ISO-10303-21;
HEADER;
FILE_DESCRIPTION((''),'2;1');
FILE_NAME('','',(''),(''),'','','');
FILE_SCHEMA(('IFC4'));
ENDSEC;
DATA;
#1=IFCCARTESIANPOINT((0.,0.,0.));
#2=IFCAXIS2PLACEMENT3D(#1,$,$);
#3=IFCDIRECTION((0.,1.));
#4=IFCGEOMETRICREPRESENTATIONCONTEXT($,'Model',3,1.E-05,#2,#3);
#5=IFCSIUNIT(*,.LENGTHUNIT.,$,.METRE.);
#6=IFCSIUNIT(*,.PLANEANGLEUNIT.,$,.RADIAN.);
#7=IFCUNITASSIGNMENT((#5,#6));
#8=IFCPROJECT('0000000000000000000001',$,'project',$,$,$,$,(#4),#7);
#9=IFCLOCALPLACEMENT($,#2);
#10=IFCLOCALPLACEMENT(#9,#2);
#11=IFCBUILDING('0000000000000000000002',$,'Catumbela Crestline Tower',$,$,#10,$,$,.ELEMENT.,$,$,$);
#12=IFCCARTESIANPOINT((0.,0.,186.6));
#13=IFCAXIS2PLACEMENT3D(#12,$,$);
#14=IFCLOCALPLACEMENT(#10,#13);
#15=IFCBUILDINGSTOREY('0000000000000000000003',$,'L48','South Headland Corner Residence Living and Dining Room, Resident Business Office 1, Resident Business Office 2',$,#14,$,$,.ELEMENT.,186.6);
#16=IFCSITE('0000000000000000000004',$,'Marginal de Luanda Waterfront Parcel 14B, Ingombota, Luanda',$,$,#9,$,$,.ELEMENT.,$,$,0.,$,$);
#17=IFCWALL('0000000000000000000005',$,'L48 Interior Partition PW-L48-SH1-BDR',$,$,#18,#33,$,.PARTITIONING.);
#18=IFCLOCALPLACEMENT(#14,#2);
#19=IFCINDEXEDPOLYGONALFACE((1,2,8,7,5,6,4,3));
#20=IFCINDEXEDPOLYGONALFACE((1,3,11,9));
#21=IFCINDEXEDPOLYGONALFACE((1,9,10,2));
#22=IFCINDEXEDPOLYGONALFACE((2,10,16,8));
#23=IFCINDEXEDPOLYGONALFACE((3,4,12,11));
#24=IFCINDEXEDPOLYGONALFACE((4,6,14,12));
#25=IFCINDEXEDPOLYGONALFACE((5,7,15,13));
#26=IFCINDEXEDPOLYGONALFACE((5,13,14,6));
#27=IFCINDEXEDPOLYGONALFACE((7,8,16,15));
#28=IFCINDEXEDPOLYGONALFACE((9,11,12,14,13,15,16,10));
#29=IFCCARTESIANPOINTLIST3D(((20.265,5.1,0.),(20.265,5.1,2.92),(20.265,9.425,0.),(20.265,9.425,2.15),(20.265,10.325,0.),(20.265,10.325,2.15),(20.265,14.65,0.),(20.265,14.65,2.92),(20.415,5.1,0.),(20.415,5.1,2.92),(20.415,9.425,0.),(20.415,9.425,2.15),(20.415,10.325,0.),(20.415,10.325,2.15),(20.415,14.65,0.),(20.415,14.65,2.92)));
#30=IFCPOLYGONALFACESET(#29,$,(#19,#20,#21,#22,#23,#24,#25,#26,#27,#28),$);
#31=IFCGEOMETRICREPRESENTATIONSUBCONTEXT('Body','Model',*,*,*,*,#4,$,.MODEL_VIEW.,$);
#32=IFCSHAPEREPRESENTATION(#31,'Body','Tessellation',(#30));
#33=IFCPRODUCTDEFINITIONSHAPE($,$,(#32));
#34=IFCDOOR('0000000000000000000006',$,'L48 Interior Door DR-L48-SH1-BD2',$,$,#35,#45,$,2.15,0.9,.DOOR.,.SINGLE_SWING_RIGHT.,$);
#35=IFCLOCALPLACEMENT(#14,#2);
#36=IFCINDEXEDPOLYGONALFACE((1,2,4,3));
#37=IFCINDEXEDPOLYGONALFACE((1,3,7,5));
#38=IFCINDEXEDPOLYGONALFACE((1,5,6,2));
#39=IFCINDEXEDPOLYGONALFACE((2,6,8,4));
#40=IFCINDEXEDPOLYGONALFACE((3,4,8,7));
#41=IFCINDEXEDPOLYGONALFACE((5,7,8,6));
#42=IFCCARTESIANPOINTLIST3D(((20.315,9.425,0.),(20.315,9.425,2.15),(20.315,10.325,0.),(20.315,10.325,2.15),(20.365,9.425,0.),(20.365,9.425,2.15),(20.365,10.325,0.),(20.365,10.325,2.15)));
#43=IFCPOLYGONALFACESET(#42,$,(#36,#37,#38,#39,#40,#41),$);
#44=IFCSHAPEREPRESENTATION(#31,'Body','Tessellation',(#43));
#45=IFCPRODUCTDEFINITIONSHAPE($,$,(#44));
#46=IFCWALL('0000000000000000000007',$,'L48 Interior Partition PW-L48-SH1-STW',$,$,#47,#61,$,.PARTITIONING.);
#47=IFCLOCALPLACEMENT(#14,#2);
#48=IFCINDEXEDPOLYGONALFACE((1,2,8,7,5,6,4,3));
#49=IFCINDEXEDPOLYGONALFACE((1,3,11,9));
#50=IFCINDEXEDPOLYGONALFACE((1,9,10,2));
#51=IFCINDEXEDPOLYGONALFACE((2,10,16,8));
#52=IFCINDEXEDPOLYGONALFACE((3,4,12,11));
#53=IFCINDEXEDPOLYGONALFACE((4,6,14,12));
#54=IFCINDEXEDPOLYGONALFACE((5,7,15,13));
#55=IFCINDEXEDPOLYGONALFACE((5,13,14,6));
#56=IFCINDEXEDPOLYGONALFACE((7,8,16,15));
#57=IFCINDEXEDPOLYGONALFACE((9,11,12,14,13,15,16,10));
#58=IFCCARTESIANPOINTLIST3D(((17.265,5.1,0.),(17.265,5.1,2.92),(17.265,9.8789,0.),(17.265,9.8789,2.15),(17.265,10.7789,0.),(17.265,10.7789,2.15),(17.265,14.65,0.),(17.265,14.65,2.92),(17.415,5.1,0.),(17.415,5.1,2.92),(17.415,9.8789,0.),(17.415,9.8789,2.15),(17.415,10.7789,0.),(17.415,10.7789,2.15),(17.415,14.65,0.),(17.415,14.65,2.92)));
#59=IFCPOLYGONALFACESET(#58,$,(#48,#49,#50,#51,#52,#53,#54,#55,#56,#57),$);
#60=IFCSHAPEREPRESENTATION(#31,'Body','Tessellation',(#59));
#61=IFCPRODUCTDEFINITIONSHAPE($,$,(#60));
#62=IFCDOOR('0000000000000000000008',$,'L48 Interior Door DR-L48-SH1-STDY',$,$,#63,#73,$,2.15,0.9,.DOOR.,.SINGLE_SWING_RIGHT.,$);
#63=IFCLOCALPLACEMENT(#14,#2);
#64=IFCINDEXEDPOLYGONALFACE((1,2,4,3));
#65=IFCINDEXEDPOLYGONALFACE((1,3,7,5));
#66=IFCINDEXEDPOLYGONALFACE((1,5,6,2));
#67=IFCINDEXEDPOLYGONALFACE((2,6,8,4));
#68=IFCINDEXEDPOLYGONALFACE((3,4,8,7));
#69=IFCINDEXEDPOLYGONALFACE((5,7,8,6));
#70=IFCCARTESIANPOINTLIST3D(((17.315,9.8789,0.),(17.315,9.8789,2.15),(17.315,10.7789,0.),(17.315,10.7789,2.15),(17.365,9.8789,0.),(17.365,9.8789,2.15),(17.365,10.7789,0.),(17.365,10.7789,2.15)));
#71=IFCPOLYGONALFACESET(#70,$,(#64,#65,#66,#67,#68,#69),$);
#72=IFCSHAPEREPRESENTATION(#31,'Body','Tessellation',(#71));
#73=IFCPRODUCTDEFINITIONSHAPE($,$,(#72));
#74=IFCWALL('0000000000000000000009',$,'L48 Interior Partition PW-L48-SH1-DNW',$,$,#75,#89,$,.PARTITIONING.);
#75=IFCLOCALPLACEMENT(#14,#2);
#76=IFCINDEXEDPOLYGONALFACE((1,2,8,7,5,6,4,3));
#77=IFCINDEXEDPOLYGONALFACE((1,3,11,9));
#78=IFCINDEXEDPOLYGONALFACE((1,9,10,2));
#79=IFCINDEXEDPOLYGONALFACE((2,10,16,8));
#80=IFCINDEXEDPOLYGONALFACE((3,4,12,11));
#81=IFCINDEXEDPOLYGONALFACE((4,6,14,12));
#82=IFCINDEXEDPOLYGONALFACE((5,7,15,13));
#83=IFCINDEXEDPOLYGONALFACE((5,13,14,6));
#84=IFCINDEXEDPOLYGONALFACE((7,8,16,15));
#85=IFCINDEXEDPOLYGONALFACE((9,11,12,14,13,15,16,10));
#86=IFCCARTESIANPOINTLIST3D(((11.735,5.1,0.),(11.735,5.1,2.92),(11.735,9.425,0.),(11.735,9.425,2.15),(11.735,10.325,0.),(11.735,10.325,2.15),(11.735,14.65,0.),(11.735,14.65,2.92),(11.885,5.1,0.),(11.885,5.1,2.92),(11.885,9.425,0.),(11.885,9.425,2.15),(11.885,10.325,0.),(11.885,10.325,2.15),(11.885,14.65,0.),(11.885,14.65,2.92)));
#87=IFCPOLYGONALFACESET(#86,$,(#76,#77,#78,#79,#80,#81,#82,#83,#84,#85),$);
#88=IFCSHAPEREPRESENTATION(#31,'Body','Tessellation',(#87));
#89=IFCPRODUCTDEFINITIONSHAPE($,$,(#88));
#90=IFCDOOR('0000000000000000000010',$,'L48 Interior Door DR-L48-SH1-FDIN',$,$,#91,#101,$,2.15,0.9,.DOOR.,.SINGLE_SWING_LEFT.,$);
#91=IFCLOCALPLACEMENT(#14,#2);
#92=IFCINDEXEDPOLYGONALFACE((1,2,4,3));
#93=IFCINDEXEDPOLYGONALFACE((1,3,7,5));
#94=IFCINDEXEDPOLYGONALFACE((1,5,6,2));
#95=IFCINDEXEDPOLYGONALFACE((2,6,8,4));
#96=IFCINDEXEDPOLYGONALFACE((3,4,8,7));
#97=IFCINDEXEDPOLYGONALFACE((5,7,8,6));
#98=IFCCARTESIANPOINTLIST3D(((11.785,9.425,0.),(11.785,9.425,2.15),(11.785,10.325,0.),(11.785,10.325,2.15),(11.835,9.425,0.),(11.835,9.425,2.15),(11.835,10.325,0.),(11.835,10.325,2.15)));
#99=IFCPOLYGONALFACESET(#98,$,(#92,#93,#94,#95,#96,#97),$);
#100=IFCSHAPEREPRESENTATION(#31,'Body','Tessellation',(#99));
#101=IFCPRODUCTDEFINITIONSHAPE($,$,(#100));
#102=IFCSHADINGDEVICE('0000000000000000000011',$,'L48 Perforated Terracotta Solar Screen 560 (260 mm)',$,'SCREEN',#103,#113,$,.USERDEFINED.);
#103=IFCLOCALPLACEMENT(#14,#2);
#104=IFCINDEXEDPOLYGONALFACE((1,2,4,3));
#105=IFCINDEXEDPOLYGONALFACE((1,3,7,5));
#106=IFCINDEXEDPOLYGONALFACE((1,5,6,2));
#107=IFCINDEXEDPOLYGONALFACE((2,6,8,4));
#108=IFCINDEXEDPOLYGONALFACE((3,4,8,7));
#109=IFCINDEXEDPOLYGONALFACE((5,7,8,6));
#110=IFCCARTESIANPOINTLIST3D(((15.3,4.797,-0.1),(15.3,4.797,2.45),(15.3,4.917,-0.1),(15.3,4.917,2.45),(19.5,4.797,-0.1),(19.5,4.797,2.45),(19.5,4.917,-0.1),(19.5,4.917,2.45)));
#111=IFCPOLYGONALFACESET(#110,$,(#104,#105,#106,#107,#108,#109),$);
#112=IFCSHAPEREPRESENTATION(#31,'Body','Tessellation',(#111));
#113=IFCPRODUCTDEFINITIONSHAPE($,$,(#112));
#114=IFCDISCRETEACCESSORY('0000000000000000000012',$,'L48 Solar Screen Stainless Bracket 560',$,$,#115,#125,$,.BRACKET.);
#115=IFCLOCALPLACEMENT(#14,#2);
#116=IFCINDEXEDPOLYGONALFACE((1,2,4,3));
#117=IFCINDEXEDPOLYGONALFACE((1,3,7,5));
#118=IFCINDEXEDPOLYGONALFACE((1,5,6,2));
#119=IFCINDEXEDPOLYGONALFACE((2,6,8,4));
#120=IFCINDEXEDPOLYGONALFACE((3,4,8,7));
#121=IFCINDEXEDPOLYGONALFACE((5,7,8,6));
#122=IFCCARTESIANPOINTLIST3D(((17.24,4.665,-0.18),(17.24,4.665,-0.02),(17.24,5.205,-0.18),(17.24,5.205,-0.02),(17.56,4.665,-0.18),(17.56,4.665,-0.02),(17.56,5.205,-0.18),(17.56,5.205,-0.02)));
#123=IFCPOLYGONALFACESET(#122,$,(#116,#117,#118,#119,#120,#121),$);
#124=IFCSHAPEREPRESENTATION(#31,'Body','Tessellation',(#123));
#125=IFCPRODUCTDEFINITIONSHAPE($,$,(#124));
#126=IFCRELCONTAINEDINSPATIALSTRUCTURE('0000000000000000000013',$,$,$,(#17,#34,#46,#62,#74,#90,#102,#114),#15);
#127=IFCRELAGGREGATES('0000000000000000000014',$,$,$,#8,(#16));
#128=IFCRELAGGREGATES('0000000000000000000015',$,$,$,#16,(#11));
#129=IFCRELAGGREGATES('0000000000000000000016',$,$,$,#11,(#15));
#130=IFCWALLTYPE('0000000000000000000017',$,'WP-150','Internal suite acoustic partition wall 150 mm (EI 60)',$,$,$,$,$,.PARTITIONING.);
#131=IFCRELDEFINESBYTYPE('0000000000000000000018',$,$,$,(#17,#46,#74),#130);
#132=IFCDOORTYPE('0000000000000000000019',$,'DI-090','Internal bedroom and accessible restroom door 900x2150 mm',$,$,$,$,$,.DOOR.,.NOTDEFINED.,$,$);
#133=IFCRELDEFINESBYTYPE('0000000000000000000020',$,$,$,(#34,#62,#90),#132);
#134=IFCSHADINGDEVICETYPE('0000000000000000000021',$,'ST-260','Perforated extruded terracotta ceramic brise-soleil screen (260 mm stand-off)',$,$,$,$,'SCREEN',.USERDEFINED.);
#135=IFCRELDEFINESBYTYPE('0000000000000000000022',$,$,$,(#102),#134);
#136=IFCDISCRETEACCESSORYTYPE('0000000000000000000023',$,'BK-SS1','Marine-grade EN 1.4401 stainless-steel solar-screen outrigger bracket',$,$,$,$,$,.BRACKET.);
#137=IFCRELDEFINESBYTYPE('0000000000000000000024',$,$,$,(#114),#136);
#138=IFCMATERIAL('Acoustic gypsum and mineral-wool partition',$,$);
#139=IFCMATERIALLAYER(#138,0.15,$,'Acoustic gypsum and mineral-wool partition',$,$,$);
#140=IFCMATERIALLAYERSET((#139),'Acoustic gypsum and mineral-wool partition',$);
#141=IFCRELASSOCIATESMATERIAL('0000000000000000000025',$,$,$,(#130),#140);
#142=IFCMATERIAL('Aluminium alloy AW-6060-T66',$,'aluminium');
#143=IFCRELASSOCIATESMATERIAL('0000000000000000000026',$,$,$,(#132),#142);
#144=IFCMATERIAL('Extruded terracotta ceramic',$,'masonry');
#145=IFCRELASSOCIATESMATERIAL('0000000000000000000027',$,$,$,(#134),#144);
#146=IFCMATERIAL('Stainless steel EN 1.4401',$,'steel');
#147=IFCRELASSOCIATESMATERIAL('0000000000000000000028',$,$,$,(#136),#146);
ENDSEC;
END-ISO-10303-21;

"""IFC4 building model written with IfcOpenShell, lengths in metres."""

from ifc_helpers import new_model, si_unit, direction, frame, frame_2d, origin, origin_2d, place, context, subcontext, project, spatial, rectangle, extrude, material, layer, layer_set, type_object, element, fill, save


model = new_model("IFC4")

# Units and contexts
model_context = context("Model", 3, precision=1e-05, world=origin(), true_north=direction((0.0, 1.0)))
body_context = subcontext(model_context, "Body", "Model", "MODEL_VIEW")
ifc_project = project(units=[si_unit("LENGTHUNIT", "METRE"), si_unit("PLANEANGLEUNIT", "RADIAN")], contexts=[model_context])

# Site, building, storey
site_placement = place(None, origin())
site = spatial("IfcSite", under=ifc_project, at=site_placement, Name="Marginal de Luanda Waterfront Parcel 14B, Ingombota, Luanda", CompositionType="ELEMENT", RefElevation=0.0)
building_placement = place(site_placement, origin())
building = spatial("IfcBuilding", under=site, at=building_placement, Name="Catumbela Crestline Tower", CompositionType="ELEMENT")
storey_placement = place(building_placement, frame((0.0, 0.0, 186.6)))
storey = spatial("IfcBuildingStorey", under=building, at=storey_placement, Name="L48", Description="South Headland Corner Residence Living and Dining Room, Resident Business Office 1, Resident Business Office 2", CompositionType="ELEMENT", Elevation=186.6)

# Shared definitions
ifc_material_1 = material(Name="Aluminium alloy AW-6060-T66", Category="aluminium")

# Walls, openings, doors
ifc_material_2 = material(Name="Acoustic gypsum and mineral-wool partition")
ifc_layer_1 = layer(ifc_material_2, 0.15, Name="Acoustic gypsum and mineral-wool partition")
ifc_layer_set_1 = layer_set([ifc_layer_1], Name="Acoustic gypsum and mineral-wool partition")
wall_type_1 = type_object("IfcWallType", Name="WP-150", Description="Internal suite acoustic partition wall 150 mm (EI 60)", PredefinedType="PARTITIONING", material=ifc_layer_set_1)
door_type_1 = type_object("IfcDoorType", Name="DI-090", Description="Internal bedroom and accessible restroom door 900x2150 mm", OperationType="NOTDEFINED", PredefinedType="DOOR", material=ifc_material_1)
wall_1_placement = place(storey_placement, frame((20.34, 5.1, 0.0), z_axis=(0.0, 0.0, 1.0), x_axis=(0.0, 1.0, 0.0)))
wall_1 = element("IfcWall", 1, at=wall_1_placement, inside=storey, type_object=wall_type_1, Name="L48 Interior Partition PW-L48-SH1-BDR", PredefinedType="PARTITIONING", context=body_context, shape_type="SweptSolid", body=[
    extrude(rectangle(XDim=9.55, YDim=0.15, at=frame_2d((4.775, 0.0))), origin(), (0.0, 0.0, 1.0), 2.92),
])
opening_1_placement = place(wall_1_placement, frame((4.325, 0.0, 0.0)))
opening_1 = element("IfcOpeningElement", 2, at=opening_1_placement, cuts=wall_1, PredefinedType="OPENING", context=body_context, shape_type="SweptSolid", body=[
    extrude(rectangle(XDim=0.9, YDim=2.15, at=frame_2d((0.45, 1.075))), frame((0.0, 0.085, 0.0), z_axis=(0.0, -1.0, 0.0), x_axis=(1.0, 0.0, 0.0)), (0.0, 0.0, 1.0), 0.17),
])
door_1_placement = place(opening_1_placement, origin())
door_1 = element("IfcDoor", 3, at=door_1_placement, inside=storey, type_object=door_type_1, Name="L48 Interior Door DR-L48-SH1-BD2", OperationType="SINGLE_SWING_RIGHT", OverallHeight=2.15, OverallWidth=0.9, PredefinedType="DOOR", context=body_context, shape_type="SweptSolid", body=[
    extrude(rectangle(XDim=0.9, YDim=2.15, at=frame_2d((0.45, 1.075))), frame((0.0, 0.025, 0.0), z_axis=(0.0, -1.0, 0.0), x_axis=(1.0, 0.0, 0.0)), (0.0, 0.0, 1.0), 0.05),
])
fill(opening_1, door_1)
wall_2_placement = place(storey_placement, frame((17.34, 5.1, 0.0), z_axis=(0.0, 0.0, 1.0), x_axis=(0.0, 1.0, 0.0)))
wall_2 = element("IfcWall", 4, at=wall_2_placement, inside=storey, type_object=wall_type_1, Name="L48 Interior Partition PW-L48-SH1-STW", PredefinedType="PARTITIONING", context=body_context, shape_type="SweptSolid", body=[
    extrude(rectangle(XDim=9.55, YDim=0.15, at=frame_2d((4.775, 0.0))), origin(), (0.0, 0.0, 1.0), 2.92),
])
opening_2_placement = place(wall_2_placement, frame((4.7789, 0.0, 0.0)))
opening_2 = element("IfcOpeningElement", 5, at=opening_2_placement, cuts=wall_2, PredefinedType="OPENING", context=body_context, shape_type="SweptSolid", body=[
    extrude(rectangle(XDim=0.9, YDim=2.15, at=frame_2d((0.45, 1.075))), frame((0.0, 0.085, 0.0), z_axis=(0.0, -1.0, 0.0), x_axis=(1.0, 0.0, 0.0)), (0.0, 0.0, 1.0), 0.17),
])
door_2_placement = place(opening_2_placement, origin())
door_2 = element("IfcDoor", 6, at=door_2_placement, inside=storey, type_object=door_type_1, Name="L48 Interior Door DR-L48-SH1-STDY", OperationType="SINGLE_SWING_RIGHT", OverallHeight=2.15, OverallWidth=0.9, PredefinedType="DOOR", context=body_context, shape_type="SweptSolid", body=[
    extrude(rectangle(XDim=0.9, YDim=2.15, at=frame_2d((0.45, 1.075))), frame((0.0, 0.025, 0.0), z_axis=(0.0, -1.0, 0.0), x_axis=(1.0, 0.0, 0.0)), (0.0, 0.0, 1.0), 0.05),
])
fill(opening_2, door_2)
wall_3_placement = place(storey_placement, frame((11.81, 5.1, 0.0), z_axis=(0.0, 0.0, 1.0), x_axis=(0.0, 1.0, 0.0)))
wall_3 = element("IfcWall", 7, at=wall_3_placement, inside=storey, type_object=wall_type_1, Name="L48 Interior Partition PW-L48-SH1-DNW", PredefinedType="PARTITIONING", context=body_context, shape_type="SweptSolid", body=[
    extrude(rectangle(XDim=9.55, YDim=0.15, at=frame_2d((4.775, 0.0))), origin(), (0.0, 0.0, 1.0), 2.92),
])
opening_3_placement = place(wall_3_placement, frame((4.325, 0.0, 0.0)))
opening_3 = element("IfcOpeningElement", 8, at=opening_3_placement, cuts=wall_3, PredefinedType="OPENING", context=body_context, shape_type="SweptSolid", body=[
    extrude(rectangle(XDim=0.9, YDim=2.15, at=frame_2d((0.45, 1.075))), frame((0.0, 0.085, 0.0), z_axis=(0.0, -1.0, 0.0), x_axis=(1.0, 0.0, 0.0)), (0.0, 0.0, 1.0), 0.17),
])
door_3_placement = place(opening_3_placement, origin())
door_3 = element("IfcDoor", 9, at=door_3_placement, inside=storey, type_object=door_type_1, Name="L48 Interior Door DR-L48-SH1-FDIN", OperationType="SINGLE_SWING_LEFT", OverallHeight=2.15, OverallWidth=0.9, PredefinedType="DOOR", context=body_context, shape_type="SweptSolid", body=[
    extrude(rectangle(XDim=0.9, YDim=2.15, at=frame_2d((0.45, 1.075))), frame((0.0, 0.025, 0.0), z_axis=(0.0, -1.0, 0.0), x_axis=(1.0, 0.0, 0.0)), (0.0, 0.0, 1.0), 0.05),
])
fill(opening_3, door_3)

# Shared definitions
ifc_material_3 = material(Name="Stainless steel EN 1.4401", Category="steel")

# Shading device
ifc_material_4 = material(Name="Extruded terracotta ceramic", Category="masonry")
shading_device_type = type_object("IfcShadingDeviceType", Name="ST-260", Description="Perforated extruded terracotta ceramic brise-soleil screen (260 mm stand-off)", ElementType="SCREEN", PredefinedType="USERDEFINED", material=ifc_material_4)
shading_device_placement = place(storey_placement, frame((17.4, 4.857, -0.1), z_axis=(0.0, 0.0, 1.0), x_axis=(1.0, 0.0, 0.0)))
element("IfcShadingDevice", 10, at=shading_device_placement, inside=storey, type_object=shading_device_type, Name="L48 Perforated Terracotta Solar Screen 560 (260 mm)", ObjectType="SCREEN", PredefinedType="USERDEFINED", context=body_context, shape_type="SweptSolid", body=[
    extrude(rectangle(XDim=4.2, YDim=0.12, at=origin_2d()), origin(), (0.0, 0.0, 1.0), 2.55),
])

# Discrete accessory
discrete_accessory_type = type_object("IfcDiscreteAccessoryType", Name="BK-SS1", Description="Marine-grade EN 1.4401 stainless-steel solar-screen outrigger bracket", PredefinedType="BRACKET", material=ifc_material_3)
discrete_accessory_placement = place(storey_placement, frame((17.4, 4.935, -0.18), z_axis=(0.0, 0.0, 1.0), x_axis=(1.0, 0.0, 0.0)))
element("IfcDiscreteAccessory", 11, at=discrete_accessory_placement, inside=storey, type_object=discrete_accessory_type, Name="L48 Solar Screen Stainless Bracket 560", PredefinedType="BRACKET", context=body_context, shape_type="SweptSolid", body=[
    extrude(rectangle(XDim=0.32, YDim=0.54, at=origin_2d()), origin(), (0.0, 0.0, 1.0), 0.16),
])

save(model, "model.ifc")
